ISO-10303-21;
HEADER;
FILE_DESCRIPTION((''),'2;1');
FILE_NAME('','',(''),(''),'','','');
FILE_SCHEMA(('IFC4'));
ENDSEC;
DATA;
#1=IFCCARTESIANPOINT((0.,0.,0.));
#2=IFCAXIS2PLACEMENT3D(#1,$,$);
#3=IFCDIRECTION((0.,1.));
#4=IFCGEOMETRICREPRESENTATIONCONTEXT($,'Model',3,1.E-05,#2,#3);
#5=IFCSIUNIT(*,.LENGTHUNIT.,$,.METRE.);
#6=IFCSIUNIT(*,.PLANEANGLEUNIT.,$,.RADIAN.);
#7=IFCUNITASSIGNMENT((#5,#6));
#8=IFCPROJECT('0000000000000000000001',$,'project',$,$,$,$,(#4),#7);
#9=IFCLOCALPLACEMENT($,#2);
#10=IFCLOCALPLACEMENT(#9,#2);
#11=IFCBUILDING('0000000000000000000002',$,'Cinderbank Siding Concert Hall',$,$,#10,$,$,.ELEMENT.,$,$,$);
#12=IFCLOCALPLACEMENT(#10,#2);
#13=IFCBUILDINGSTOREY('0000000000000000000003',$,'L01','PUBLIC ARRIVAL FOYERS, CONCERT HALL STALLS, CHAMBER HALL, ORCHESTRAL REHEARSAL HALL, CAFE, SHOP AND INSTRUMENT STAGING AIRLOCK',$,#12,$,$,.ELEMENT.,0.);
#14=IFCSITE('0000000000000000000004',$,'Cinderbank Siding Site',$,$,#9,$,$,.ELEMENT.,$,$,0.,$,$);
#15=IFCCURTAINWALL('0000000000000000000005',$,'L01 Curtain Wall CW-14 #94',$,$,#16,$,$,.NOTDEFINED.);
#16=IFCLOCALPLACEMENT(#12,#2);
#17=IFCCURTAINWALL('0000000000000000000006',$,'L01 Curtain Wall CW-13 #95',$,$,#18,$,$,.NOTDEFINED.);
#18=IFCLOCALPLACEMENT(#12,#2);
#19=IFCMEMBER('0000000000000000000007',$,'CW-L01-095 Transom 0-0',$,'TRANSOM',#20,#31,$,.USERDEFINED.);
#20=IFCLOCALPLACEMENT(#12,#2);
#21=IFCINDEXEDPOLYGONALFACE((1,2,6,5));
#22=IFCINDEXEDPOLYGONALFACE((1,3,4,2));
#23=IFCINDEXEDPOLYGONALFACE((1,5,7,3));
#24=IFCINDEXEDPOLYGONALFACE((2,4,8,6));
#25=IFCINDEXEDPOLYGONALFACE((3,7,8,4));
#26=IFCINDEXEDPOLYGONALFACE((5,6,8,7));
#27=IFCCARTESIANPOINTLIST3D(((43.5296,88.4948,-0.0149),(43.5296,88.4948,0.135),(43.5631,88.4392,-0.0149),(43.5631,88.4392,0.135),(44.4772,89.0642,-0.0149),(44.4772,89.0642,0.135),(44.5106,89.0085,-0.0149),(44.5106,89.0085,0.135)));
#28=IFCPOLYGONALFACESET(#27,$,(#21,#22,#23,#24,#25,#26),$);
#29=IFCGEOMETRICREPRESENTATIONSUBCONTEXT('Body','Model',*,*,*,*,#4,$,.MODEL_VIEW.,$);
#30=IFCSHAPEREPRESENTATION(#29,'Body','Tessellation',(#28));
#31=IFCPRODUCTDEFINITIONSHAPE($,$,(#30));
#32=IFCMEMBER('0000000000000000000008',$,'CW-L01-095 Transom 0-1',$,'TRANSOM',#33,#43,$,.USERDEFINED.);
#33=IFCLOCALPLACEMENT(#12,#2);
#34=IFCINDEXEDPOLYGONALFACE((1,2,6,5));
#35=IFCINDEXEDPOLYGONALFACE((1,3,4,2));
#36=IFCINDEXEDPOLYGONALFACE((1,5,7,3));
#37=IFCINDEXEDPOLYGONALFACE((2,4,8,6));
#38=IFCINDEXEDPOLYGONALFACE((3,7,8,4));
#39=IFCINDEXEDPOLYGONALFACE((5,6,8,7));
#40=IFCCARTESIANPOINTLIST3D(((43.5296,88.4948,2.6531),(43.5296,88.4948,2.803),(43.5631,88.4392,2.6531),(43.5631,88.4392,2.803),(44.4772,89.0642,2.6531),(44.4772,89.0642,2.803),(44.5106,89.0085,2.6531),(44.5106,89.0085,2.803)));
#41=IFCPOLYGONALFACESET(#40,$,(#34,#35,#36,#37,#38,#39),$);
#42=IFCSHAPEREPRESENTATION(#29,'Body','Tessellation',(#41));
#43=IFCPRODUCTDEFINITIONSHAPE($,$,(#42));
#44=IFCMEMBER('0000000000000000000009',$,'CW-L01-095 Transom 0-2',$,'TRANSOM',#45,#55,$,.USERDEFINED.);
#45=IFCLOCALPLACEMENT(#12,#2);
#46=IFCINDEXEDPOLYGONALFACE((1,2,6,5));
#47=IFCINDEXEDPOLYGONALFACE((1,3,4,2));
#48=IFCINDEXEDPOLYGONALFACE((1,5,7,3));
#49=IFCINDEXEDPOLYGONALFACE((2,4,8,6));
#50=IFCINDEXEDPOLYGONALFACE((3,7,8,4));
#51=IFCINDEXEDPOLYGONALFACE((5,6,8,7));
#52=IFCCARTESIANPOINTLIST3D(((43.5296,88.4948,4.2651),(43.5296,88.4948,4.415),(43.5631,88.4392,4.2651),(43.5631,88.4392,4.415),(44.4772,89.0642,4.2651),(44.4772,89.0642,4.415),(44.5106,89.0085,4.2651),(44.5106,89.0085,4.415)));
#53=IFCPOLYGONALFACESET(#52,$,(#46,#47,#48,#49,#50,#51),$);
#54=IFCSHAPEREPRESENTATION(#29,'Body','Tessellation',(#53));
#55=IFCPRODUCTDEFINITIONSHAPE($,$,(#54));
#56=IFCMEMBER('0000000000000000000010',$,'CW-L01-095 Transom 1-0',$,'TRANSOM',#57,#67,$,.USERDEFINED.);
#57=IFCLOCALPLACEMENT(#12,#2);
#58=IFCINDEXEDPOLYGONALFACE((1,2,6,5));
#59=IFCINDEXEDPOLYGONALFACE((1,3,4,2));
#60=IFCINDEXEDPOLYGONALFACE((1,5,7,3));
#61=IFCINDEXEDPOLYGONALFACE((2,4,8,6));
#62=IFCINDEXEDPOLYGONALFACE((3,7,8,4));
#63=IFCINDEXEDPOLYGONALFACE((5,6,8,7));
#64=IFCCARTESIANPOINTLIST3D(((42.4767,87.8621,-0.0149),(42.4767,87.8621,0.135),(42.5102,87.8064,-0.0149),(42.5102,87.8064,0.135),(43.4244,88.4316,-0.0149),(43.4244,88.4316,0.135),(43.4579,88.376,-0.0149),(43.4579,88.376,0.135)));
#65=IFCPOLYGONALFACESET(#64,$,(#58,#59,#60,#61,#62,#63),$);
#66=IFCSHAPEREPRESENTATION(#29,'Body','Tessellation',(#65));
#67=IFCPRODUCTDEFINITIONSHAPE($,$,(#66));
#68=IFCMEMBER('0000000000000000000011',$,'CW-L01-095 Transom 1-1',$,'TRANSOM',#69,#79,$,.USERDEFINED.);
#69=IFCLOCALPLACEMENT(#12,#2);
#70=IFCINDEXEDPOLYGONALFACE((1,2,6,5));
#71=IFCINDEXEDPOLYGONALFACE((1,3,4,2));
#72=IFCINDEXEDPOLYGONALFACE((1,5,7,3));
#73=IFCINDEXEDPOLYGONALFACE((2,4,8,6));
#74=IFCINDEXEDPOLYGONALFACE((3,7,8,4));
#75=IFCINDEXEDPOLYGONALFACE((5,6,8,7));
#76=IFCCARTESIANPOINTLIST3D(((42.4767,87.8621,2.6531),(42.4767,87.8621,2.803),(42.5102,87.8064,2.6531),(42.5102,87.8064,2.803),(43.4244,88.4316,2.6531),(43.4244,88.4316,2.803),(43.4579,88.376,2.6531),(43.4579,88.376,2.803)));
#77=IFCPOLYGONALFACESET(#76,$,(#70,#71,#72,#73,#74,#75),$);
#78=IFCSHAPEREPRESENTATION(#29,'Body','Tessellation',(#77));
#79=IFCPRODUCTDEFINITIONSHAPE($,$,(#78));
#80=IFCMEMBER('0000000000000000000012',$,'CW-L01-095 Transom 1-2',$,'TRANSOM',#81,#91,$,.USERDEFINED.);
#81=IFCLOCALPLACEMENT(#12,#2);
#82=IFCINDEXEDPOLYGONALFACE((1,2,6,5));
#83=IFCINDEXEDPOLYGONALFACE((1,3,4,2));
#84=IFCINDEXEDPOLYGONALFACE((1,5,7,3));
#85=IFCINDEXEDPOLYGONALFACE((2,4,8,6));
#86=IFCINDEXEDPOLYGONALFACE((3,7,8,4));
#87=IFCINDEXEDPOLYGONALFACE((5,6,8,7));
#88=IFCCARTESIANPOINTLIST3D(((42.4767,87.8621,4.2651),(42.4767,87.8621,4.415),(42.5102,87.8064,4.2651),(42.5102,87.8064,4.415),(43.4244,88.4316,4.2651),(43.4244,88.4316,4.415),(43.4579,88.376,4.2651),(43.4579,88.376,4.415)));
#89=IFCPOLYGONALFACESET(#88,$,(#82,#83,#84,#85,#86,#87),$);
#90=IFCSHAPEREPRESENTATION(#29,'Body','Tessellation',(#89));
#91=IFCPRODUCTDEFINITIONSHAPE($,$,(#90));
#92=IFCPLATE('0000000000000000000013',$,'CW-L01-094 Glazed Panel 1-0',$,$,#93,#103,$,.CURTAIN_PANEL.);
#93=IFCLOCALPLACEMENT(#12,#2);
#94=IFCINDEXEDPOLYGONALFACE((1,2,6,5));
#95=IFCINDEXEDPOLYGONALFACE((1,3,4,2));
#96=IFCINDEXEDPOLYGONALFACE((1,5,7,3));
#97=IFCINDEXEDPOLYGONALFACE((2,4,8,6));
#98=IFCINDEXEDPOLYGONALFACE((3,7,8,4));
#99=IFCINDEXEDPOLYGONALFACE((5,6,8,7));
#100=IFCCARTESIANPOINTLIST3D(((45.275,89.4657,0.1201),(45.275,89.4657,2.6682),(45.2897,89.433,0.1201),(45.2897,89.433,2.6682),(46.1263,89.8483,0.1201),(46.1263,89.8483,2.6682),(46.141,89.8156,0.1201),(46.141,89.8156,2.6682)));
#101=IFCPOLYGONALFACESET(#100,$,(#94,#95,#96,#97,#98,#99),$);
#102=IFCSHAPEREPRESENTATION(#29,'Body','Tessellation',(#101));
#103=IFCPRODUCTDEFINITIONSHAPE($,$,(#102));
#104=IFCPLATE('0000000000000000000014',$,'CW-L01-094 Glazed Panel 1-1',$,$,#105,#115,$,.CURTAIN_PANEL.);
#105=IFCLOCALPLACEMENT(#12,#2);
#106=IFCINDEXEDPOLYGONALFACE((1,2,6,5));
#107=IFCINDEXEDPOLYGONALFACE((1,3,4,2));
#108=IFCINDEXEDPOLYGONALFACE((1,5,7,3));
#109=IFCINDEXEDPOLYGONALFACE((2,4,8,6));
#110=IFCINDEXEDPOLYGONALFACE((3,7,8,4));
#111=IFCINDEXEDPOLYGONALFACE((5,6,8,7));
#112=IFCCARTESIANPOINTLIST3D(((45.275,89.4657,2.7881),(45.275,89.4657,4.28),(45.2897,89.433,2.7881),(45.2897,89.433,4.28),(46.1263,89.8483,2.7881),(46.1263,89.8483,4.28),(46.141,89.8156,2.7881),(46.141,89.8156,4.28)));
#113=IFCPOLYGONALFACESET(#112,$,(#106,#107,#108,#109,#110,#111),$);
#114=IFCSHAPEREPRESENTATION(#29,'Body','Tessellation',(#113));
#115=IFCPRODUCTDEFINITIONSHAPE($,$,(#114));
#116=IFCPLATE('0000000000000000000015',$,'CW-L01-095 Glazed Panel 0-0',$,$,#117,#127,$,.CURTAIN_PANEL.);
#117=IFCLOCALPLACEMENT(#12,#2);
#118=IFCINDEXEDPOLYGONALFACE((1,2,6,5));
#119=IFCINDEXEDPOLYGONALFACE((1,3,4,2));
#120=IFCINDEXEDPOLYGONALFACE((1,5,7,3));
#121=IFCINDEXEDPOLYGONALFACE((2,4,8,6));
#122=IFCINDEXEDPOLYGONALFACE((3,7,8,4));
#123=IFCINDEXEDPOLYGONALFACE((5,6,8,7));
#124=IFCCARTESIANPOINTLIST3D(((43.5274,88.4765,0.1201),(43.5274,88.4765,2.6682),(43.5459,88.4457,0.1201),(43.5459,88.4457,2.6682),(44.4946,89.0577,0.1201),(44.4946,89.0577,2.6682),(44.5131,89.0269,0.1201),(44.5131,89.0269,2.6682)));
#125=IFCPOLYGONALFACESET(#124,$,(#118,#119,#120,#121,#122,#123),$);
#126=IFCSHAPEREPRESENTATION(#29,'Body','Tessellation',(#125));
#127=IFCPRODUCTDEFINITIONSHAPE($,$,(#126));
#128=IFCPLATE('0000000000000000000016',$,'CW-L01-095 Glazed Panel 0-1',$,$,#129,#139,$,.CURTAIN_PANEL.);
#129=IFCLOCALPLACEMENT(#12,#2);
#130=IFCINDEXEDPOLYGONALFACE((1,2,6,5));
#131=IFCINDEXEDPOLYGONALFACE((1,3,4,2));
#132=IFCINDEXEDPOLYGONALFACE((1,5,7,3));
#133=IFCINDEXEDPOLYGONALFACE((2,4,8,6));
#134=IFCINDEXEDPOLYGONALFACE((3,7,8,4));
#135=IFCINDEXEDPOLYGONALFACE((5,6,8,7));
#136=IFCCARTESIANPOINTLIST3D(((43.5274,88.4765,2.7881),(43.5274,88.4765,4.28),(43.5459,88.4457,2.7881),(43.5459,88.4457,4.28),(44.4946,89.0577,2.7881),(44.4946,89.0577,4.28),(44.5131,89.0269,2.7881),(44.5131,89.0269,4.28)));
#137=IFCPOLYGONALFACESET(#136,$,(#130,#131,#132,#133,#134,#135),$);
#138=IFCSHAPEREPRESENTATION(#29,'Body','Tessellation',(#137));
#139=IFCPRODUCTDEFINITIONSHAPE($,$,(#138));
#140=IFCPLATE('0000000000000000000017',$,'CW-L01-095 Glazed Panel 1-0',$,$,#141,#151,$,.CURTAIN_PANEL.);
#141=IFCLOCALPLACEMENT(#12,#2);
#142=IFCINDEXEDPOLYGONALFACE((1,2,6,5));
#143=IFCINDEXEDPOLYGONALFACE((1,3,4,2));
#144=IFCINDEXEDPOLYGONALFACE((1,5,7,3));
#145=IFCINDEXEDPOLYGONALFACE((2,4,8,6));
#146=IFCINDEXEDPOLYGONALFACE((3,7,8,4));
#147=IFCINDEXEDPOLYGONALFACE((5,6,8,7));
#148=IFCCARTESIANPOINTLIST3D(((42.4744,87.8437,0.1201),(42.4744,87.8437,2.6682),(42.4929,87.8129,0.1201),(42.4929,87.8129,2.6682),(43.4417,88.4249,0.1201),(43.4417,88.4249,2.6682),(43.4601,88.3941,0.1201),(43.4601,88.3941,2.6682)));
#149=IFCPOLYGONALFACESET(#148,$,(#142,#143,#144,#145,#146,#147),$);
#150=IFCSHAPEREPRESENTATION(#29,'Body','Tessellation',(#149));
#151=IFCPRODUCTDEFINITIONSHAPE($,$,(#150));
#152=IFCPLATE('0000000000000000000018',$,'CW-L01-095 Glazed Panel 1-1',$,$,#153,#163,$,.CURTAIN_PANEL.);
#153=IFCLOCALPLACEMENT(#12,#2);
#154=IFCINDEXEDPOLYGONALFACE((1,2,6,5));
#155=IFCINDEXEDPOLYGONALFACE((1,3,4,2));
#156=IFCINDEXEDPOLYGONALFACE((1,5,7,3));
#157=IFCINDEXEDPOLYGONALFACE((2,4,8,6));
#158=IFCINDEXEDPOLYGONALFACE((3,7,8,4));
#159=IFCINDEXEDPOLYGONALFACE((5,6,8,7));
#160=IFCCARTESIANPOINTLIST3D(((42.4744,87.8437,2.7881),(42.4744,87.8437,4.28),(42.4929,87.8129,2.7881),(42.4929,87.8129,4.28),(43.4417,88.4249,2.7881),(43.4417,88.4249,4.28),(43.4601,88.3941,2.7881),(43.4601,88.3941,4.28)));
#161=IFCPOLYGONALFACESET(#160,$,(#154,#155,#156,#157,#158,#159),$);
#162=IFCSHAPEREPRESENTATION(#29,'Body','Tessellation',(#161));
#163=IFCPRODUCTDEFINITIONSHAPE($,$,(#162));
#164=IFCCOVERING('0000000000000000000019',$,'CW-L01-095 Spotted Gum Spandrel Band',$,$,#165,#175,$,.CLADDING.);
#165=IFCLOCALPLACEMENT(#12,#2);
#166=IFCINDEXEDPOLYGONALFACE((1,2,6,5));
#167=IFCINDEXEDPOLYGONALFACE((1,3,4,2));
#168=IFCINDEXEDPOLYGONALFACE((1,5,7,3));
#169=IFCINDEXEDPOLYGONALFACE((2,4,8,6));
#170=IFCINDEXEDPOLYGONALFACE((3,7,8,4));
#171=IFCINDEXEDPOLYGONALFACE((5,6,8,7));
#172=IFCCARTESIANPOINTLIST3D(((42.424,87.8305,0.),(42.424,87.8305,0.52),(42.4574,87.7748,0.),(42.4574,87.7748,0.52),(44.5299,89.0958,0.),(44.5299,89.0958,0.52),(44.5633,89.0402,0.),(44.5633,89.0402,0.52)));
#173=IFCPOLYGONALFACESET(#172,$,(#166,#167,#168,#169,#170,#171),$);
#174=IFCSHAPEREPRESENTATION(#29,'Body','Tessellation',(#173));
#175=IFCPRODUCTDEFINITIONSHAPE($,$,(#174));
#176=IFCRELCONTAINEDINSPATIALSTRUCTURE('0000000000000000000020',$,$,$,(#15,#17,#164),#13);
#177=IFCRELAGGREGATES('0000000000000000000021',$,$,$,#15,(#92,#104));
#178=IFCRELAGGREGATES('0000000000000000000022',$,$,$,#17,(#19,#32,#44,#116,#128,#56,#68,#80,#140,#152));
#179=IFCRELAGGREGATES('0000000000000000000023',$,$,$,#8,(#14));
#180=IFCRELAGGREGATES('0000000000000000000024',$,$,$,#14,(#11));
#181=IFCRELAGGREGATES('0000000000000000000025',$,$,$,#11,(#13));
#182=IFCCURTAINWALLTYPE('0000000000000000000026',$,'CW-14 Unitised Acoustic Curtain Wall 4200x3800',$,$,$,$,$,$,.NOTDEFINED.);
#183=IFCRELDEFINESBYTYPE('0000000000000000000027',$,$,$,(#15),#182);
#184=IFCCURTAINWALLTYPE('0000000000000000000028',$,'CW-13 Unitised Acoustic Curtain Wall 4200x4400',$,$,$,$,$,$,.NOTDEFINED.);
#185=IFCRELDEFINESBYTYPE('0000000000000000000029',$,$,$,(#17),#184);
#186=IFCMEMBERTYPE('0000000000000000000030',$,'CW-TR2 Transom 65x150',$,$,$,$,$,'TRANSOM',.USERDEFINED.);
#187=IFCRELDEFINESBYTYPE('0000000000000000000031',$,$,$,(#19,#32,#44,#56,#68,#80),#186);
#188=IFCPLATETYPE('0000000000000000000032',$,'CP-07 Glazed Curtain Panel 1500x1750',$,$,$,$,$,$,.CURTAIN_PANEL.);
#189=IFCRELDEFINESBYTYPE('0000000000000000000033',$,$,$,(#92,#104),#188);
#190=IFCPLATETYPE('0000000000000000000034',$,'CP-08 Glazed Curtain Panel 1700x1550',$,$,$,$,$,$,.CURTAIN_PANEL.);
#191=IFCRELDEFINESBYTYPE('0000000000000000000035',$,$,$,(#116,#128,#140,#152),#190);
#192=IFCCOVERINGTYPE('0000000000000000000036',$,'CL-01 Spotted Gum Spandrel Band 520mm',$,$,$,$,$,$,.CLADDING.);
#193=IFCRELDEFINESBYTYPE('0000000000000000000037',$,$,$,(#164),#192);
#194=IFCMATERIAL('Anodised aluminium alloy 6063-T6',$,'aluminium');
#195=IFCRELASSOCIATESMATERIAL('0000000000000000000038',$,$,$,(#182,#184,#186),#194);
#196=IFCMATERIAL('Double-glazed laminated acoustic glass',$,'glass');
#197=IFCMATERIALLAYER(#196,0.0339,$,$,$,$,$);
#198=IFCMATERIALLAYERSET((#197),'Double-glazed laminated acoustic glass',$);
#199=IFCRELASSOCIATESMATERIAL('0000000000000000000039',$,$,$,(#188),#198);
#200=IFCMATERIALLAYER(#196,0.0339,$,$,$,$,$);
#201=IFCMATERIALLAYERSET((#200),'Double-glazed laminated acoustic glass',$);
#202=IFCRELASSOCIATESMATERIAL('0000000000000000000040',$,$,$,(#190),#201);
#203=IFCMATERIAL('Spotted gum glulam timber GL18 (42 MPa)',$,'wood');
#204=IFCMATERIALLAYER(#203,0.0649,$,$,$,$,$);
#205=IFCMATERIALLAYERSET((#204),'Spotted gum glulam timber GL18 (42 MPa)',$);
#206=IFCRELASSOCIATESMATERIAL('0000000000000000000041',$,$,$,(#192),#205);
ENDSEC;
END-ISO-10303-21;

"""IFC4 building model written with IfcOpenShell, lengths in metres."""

from ifc_helpers import new_model, si_unit, direction, frame, origin, origin_2d, place, context, subcontext, project, spatial, rectangle, extrude, material, layer, layer_set, material_profile, profile_set, type_object, element, aggregate, save


model = new_model("IFC4")

# Units and contexts
model_context = context("Model", 3, precision=1e-05, world=origin(), true_north=direction((0.0, 1.0)))
body_context = subcontext(model_context, "Body", "Model", "MODEL_VIEW")
ifc_project = project(units=[si_unit("LENGTHUNIT", "METRE"), si_unit("PLANEANGLEUNIT", "RADIAN")], contexts=[model_context])

# Site, building, storey
site_placement = place(None, origin())
site = spatial("IfcSite", under=ifc_project, at=site_placement, Name="Cinderbank Siding Site", CompositionType="ELEMENT", RefElevation=0.0)
building_placement = place(site_placement, origin())
building = spatial("IfcBuilding", under=site, at=building_placement, Name="Cinderbank Siding Concert Hall", CompositionType="ELEMENT")
storey_placement = place(building_placement, origin())
storey = spatial("IfcBuildingStorey", under=building, at=storey_placement, Name="L01", Description="PUBLIC ARRIVAL FOYERS, CONCERT HALL STALLS, CHAMBER HALL, ORCHESTRAL REHEARSAL HALL, CAFE, SHOP AND INSTRUMENT STAGING AIRLOCK", CompositionType="ELEMENT", Elevation=0.0)

# Curtain walls
ifc_material_1 = material(Name="Anodised aluminium alloy 6063-T6", Category="aluminium")
curtain_wall_type_1 = type_object("IfcCurtainWallType", Name="CW-14 Unitised Acoustic Curtain Wall 4200x3800", PredefinedType="NOTDEFINED", material=ifc_material_1)
curtain_wall_1_placement = place(storey_placement, origin())
curtain_wall_1 = element("IfcCurtainWall", 1, at=curtain_wall_1_placement, inside=storey, type_object=curtain_wall_type_1, Name="L01 Curtain Wall CW-14 #94", PredefinedType="NOTDEFINED")
curtain_wall_type_2 = type_object("IfcCurtainWallType", Name="CW-13 Unitised Acoustic Curtain Wall 4200x4400", PredefinedType="NOTDEFINED", material=ifc_material_1)
curtain_wall_2_placement = place(storey_placement, origin())
curtain_wall_2 = element("IfcCurtainWall", 2, at=curtain_wall_2_placement, inside=storey, type_object=curtain_wall_type_2, Name="L01 Curtain Wall CW-13 #95", PredefinedType="NOTDEFINED")

# Members
ifc_material_profile_1 = material_profile(ifc_material_1, rectangle(XDim=0.0649, YDim=0.1499, at=origin_2d()), Name="ALU-TRAN-65x150", Category="LoadBearing")
ifc_profile_set_1 = profile_set([ifc_material_profile_1], Name="Anodised aluminium alloy 6063-T6")
member_type_1 = type_object("IfcMemberType", Name="CW-TR2 Transom 65x150", ElementType="TRANSOM", PredefinedType="USERDEFINED", material=ifc_profile_set_1)
member_1_placement = place(storey_placement, frame((44.4939, 89.0364, 0.0601), z_axis=(-0.857161, -0.515048, 0.0), x_axis=(0.515048, -0.857161, 0.0)))
member_1 = element("IfcMember", 3, at=member_1_placement, type_object=member_type_1, Name="CW-L01-095 Transom 0-0", ObjectType="TRANSOM", PredefinedType="USERDEFINED", context=body_context, shape_type="SweptSolid", body=[
    extrude(rectangle(XDim=0.0649, YDim=0.1499, at=origin_2d()), origin(), (0.0, 0.0, 1.0), 1.1055),
])
member_2_placement = place(storey_placement, frame((44.4939, 89.0364, 2.728), z_axis=(-0.857161, -0.515048, 0.0), x_axis=(0.515048, -0.857161, 0.0)))
member_2 = element("IfcMember", 4, at=member_2_placement, type_object=member_type_1, Name="CW-L01-095 Transom 0-1", ObjectType="TRANSOM", PredefinedType="USERDEFINED", context=body_context, shape_type="SweptSolid", body=[
    extrude(rectangle(XDim=0.0649, YDim=0.1499, at=origin_2d()), origin(), (0.0, 0.0, 1.0), 1.1055),
])
member_3_placement = place(storey_placement, frame((44.4939, 89.0364, 4.3401), z_axis=(-0.857161, -0.515048, 0.0), x_axis=(0.515048, -0.857161, 0.0)))
member_3 = element("IfcMember", 5, at=member_3_placement, type_object=member_type_1, Name="CW-L01-095 Transom 0-2", ObjectType="TRANSOM", PredefinedType="USERDEFINED", context=body_context, shape_type="SweptSolid", body=[
    extrude(rectangle(XDim=0.0649, YDim=0.1499, at=origin_2d()), origin(), (0.0, 0.0, 1.0), 1.1055),
])
member_4_placement = place(storey_placement, frame((43.4412, 88.4038, 0.0601), z_axis=(-0.857123, -0.515113, 0.0), x_axis=(0.515113, -0.857123, 0.0)))
member_4 = element("IfcMember", 6, at=member_4_placement, type_object=member_type_1, Name="CW-L01-095 Transom 1-0", ObjectType="TRANSOM", PredefinedType="USERDEFINED", context=body_context, shape_type="SweptSolid", body=[
    extrude(rectangle(XDim=0.0649, YDim=0.1499, at=origin_2d()), origin(), (0.0, 0.0, 1.0), 1.1057),
])
member_5_placement = place(storey_placement, frame((43.4412, 88.4038, 2.728), z_axis=(-0.857123, -0.515113, 0.0), x_axis=(0.515113, -0.857123, 0.0)))
member_5 = element("IfcMember", 7, at=member_5_placement, type_object=member_type_1, Name="CW-L01-095 Transom 1-1", ObjectType="TRANSOM", PredefinedType="USERDEFINED", context=body_context, shape_type="SweptSolid", body=[
    extrude(rectangle(XDim=0.0649, YDim=0.1499, at=origin_2d()), origin(), (0.0, 0.0, 1.0), 1.1057),
])
member_6_placement = place(storey_placement, frame((43.4412, 88.4038, 4.3401), z_axis=(-0.857123, -0.515113, 0.0), x_axis=(0.515113, -0.857123, 0.0)))
member_6 = element("IfcMember", 8, at=member_6_placement, type_object=member_type_1, Name="CW-L01-095 Transom 1-2", ObjectType="TRANSOM", PredefinedType="USERDEFINED", context=body_context, shape_type="SweptSolid", body=[
    extrude(rectangle(XDim=0.0649, YDim=0.1499, at=origin_2d()), origin(), (0.0, 0.0, 1.0), 1.1057),
])

# Plates
ifc_material_2 = material(Name="Double-glazed laminated acoustic glass", Category="glass")
ifc_layer_1 = layer(ifc_material_2, 0.0339)
ifc_layer_set_1 = layer_set([ifc_layer_1], Name="Double-glazed laminated acoustic glass")
plate_type_1 = type_object("IfcPlateType", Name="CP-07 Glazed Curtain Panel 1500x1750", PredefinedType="CURTAIN_PANEL", material=ifc_layer_set_1)
plate_1_placement = place(storey_placement, frame((45.708, 89.6406, 0.1201), z_axis=(0.0, 0.0, 1.0), x_axis=(-0.912122, -0.409919, 0.0)))
plate_1 = element("IfcPlate", 9, at=plate_1_placement, type_object=plate_type_1, Name="CW-L01-094 Glazed Panel 1-0", PredefinedType="CURTAIN_PANEL", context=body_context, shape_type="SweptSolid", body=[
    extrude(rectangle(XDim=0.9333, YDim=0.0359, at=origin_2d()), origin(), (0.0, 0.0, 1.0), 2.5481),
])
plate_2_placement = place(storey_placement, frame((45.708, 89.6406, 2.7881), z_axis=(0.0, 0.0, 1.0), x_axis=(-0.912122, -0.409919, 0.0)))
plate_2 = element("IfcPlate", 10, at=plate_2_placement, type_object=plate_type_1, Name="CW-L01-094 Glazed Panel 1-1", PredefinedType="CURTAIN_PANEL", context=body_context, shape_type="SweptSolid", body=[
    extrude(rectangle(XDim=0.9333, YDim=0.0359, at=origin_2d()), origin(), (0.0, 0.0, 1.0), 1.4919),
])
aggregate(curtain_wall_1, [plate_1, plate_2])
ifc_layer_2 = layer(ifc_material_2, 0.0339)
ifc_layer_set_2 = layer_set([ifc_layer_2], Name="Double-glazed laminated acoustic glass")
plate_type_2 = type_object("IfcPlateType", Name="CP-08 Glazed Curtain Panel 1700x1550", PredefinedType="CURTAIN_PANEL", material=ifc_layer_set_2)
plate_3_placement = place(storey_placement, frame((44.0203, 88.7517, 0.1201), z_axis=(0.0, 0.0, 1.0), x_axis=(-0.857161, -0.515048, 0.0)))
plate_3 = element("IfcPlate", 11, at=plate_3_placement, type_object=plate_type_2, Name="CW-L01-095 Glazed Panel 0-0", PredefinedType="CURTAIN_PANEL", context=body_context, shape_type="SweptSolid", body=[
    extrude(rectangle(XDim=1.1284, YDim=0.0359, at=origin_2d()), origin(), (0.0, 0.0, 1.0), 2.5481),
])
plate_4_placement = place(storey_placement, frame((44.0203, 88.7517, 2.7881), z_axis=(0.0, 0.0, 1.0), x_axis=(-0.857161, -0.515048, 0.0)))
plate_4 = element("IfcPlate", 12, at=plate_4_placement, type_object=plate_type_2, Name="CW-L01-095 Glazed Panel 0-1", PredefinedType="CURTAIN_PANEL", context=body_context, shape_type="SweptSolid", body=[
    extrude(rectangle(XDim=1.1284, YDim=0.0359, at=origin_2d()), origin(), (0.0, 0.0, 1.0), 1.4919),
])
plate_5_placement = place(storey_placement, frame((42.9673, 88.1189, 0.1201), z_axis=(0.0, 0.0, 1.0), x_axis=(-0.857161, -0.515048, 0.0)))
plate_5 = element("IfcPlate", 13, at=plate_5_placement, type_object=plate_type_2, Name="CW-L01-095 Glazed Panel 1-0", PredefinedType="CURTAIN_PANEL", context=body_context, shape_type="SweptSolid", body=[
    extrude(rectangle(XDim=1.1284, YDim=0.0359, at=origin_2d()), origin(), (0.0, 0.0, 1.0), 2.5481),
])
plate_6_placement = place(storey_placement, frame((42.9673, 88.1189, 2.7881), z_axis=(0.0, 0.0, 1.0), x_axis=(-0.857161, -0.515048, 0.0)))
plate_6 = element("IfcPlate", 14, at=plate_6_placement, type_object=plate_type_2, Name="CW-L01-095 Glazed Panel 1-1", PredefinedType="CURTAIN_PANEL", context=body_context, shape_type="SweptSolid", body=[
    extrude(rectangle(XDim=1.1284, YDim=0.0359, at=origin_2d()), origin(), (0.0, 0.0, 1.0), 1.4919),
])
aggregate(curtain_wall_2, [member_1, member_2, member_3, plate_3, plate_4, member_4, member_5, member_6, plate_5, plate_6])

# Covering
ifc_material_3 = material(Name="Spotted gum glulam timber GL18 (42 MPa)", Category="wood")
ifc_layer_3 = layer(ifc_material_3, 0.0649)
ifc_layer_set_3 = layer_set([ifc_layer_3], Name="Spotted gum glulam timber GL18 (42 MPa)")
covering_type = type_object("IfcCoveringType", Name="CL-01 Spotted Gum Spandrel Band 520mm", PredefinedType="CLADDING", material=ifc_layer_set_3)
covering_placement = place(storey_placement, frame((43.4937, 88.4353, 0.0), z_axis=(0.0, 0.0, 1.0), x_axis=(-0.857161, -0.515048, 0.0)))
element("IfcCovering", 15, at=covering_placement, inside=storey, type_object=covering_type, Name="CW-L01-095 Spotted Gum Spandrel Band", PredefinedType="CLADDING", context=body_context, shape_type="SweptSolid", body=[
    extrude(rectangle(XDim=2.4568, YDim=0.0649, at=origin_2d()), origin(), (0.0, 0.0, 1.0), 0.52),
])

save(model, "model.ifc")
